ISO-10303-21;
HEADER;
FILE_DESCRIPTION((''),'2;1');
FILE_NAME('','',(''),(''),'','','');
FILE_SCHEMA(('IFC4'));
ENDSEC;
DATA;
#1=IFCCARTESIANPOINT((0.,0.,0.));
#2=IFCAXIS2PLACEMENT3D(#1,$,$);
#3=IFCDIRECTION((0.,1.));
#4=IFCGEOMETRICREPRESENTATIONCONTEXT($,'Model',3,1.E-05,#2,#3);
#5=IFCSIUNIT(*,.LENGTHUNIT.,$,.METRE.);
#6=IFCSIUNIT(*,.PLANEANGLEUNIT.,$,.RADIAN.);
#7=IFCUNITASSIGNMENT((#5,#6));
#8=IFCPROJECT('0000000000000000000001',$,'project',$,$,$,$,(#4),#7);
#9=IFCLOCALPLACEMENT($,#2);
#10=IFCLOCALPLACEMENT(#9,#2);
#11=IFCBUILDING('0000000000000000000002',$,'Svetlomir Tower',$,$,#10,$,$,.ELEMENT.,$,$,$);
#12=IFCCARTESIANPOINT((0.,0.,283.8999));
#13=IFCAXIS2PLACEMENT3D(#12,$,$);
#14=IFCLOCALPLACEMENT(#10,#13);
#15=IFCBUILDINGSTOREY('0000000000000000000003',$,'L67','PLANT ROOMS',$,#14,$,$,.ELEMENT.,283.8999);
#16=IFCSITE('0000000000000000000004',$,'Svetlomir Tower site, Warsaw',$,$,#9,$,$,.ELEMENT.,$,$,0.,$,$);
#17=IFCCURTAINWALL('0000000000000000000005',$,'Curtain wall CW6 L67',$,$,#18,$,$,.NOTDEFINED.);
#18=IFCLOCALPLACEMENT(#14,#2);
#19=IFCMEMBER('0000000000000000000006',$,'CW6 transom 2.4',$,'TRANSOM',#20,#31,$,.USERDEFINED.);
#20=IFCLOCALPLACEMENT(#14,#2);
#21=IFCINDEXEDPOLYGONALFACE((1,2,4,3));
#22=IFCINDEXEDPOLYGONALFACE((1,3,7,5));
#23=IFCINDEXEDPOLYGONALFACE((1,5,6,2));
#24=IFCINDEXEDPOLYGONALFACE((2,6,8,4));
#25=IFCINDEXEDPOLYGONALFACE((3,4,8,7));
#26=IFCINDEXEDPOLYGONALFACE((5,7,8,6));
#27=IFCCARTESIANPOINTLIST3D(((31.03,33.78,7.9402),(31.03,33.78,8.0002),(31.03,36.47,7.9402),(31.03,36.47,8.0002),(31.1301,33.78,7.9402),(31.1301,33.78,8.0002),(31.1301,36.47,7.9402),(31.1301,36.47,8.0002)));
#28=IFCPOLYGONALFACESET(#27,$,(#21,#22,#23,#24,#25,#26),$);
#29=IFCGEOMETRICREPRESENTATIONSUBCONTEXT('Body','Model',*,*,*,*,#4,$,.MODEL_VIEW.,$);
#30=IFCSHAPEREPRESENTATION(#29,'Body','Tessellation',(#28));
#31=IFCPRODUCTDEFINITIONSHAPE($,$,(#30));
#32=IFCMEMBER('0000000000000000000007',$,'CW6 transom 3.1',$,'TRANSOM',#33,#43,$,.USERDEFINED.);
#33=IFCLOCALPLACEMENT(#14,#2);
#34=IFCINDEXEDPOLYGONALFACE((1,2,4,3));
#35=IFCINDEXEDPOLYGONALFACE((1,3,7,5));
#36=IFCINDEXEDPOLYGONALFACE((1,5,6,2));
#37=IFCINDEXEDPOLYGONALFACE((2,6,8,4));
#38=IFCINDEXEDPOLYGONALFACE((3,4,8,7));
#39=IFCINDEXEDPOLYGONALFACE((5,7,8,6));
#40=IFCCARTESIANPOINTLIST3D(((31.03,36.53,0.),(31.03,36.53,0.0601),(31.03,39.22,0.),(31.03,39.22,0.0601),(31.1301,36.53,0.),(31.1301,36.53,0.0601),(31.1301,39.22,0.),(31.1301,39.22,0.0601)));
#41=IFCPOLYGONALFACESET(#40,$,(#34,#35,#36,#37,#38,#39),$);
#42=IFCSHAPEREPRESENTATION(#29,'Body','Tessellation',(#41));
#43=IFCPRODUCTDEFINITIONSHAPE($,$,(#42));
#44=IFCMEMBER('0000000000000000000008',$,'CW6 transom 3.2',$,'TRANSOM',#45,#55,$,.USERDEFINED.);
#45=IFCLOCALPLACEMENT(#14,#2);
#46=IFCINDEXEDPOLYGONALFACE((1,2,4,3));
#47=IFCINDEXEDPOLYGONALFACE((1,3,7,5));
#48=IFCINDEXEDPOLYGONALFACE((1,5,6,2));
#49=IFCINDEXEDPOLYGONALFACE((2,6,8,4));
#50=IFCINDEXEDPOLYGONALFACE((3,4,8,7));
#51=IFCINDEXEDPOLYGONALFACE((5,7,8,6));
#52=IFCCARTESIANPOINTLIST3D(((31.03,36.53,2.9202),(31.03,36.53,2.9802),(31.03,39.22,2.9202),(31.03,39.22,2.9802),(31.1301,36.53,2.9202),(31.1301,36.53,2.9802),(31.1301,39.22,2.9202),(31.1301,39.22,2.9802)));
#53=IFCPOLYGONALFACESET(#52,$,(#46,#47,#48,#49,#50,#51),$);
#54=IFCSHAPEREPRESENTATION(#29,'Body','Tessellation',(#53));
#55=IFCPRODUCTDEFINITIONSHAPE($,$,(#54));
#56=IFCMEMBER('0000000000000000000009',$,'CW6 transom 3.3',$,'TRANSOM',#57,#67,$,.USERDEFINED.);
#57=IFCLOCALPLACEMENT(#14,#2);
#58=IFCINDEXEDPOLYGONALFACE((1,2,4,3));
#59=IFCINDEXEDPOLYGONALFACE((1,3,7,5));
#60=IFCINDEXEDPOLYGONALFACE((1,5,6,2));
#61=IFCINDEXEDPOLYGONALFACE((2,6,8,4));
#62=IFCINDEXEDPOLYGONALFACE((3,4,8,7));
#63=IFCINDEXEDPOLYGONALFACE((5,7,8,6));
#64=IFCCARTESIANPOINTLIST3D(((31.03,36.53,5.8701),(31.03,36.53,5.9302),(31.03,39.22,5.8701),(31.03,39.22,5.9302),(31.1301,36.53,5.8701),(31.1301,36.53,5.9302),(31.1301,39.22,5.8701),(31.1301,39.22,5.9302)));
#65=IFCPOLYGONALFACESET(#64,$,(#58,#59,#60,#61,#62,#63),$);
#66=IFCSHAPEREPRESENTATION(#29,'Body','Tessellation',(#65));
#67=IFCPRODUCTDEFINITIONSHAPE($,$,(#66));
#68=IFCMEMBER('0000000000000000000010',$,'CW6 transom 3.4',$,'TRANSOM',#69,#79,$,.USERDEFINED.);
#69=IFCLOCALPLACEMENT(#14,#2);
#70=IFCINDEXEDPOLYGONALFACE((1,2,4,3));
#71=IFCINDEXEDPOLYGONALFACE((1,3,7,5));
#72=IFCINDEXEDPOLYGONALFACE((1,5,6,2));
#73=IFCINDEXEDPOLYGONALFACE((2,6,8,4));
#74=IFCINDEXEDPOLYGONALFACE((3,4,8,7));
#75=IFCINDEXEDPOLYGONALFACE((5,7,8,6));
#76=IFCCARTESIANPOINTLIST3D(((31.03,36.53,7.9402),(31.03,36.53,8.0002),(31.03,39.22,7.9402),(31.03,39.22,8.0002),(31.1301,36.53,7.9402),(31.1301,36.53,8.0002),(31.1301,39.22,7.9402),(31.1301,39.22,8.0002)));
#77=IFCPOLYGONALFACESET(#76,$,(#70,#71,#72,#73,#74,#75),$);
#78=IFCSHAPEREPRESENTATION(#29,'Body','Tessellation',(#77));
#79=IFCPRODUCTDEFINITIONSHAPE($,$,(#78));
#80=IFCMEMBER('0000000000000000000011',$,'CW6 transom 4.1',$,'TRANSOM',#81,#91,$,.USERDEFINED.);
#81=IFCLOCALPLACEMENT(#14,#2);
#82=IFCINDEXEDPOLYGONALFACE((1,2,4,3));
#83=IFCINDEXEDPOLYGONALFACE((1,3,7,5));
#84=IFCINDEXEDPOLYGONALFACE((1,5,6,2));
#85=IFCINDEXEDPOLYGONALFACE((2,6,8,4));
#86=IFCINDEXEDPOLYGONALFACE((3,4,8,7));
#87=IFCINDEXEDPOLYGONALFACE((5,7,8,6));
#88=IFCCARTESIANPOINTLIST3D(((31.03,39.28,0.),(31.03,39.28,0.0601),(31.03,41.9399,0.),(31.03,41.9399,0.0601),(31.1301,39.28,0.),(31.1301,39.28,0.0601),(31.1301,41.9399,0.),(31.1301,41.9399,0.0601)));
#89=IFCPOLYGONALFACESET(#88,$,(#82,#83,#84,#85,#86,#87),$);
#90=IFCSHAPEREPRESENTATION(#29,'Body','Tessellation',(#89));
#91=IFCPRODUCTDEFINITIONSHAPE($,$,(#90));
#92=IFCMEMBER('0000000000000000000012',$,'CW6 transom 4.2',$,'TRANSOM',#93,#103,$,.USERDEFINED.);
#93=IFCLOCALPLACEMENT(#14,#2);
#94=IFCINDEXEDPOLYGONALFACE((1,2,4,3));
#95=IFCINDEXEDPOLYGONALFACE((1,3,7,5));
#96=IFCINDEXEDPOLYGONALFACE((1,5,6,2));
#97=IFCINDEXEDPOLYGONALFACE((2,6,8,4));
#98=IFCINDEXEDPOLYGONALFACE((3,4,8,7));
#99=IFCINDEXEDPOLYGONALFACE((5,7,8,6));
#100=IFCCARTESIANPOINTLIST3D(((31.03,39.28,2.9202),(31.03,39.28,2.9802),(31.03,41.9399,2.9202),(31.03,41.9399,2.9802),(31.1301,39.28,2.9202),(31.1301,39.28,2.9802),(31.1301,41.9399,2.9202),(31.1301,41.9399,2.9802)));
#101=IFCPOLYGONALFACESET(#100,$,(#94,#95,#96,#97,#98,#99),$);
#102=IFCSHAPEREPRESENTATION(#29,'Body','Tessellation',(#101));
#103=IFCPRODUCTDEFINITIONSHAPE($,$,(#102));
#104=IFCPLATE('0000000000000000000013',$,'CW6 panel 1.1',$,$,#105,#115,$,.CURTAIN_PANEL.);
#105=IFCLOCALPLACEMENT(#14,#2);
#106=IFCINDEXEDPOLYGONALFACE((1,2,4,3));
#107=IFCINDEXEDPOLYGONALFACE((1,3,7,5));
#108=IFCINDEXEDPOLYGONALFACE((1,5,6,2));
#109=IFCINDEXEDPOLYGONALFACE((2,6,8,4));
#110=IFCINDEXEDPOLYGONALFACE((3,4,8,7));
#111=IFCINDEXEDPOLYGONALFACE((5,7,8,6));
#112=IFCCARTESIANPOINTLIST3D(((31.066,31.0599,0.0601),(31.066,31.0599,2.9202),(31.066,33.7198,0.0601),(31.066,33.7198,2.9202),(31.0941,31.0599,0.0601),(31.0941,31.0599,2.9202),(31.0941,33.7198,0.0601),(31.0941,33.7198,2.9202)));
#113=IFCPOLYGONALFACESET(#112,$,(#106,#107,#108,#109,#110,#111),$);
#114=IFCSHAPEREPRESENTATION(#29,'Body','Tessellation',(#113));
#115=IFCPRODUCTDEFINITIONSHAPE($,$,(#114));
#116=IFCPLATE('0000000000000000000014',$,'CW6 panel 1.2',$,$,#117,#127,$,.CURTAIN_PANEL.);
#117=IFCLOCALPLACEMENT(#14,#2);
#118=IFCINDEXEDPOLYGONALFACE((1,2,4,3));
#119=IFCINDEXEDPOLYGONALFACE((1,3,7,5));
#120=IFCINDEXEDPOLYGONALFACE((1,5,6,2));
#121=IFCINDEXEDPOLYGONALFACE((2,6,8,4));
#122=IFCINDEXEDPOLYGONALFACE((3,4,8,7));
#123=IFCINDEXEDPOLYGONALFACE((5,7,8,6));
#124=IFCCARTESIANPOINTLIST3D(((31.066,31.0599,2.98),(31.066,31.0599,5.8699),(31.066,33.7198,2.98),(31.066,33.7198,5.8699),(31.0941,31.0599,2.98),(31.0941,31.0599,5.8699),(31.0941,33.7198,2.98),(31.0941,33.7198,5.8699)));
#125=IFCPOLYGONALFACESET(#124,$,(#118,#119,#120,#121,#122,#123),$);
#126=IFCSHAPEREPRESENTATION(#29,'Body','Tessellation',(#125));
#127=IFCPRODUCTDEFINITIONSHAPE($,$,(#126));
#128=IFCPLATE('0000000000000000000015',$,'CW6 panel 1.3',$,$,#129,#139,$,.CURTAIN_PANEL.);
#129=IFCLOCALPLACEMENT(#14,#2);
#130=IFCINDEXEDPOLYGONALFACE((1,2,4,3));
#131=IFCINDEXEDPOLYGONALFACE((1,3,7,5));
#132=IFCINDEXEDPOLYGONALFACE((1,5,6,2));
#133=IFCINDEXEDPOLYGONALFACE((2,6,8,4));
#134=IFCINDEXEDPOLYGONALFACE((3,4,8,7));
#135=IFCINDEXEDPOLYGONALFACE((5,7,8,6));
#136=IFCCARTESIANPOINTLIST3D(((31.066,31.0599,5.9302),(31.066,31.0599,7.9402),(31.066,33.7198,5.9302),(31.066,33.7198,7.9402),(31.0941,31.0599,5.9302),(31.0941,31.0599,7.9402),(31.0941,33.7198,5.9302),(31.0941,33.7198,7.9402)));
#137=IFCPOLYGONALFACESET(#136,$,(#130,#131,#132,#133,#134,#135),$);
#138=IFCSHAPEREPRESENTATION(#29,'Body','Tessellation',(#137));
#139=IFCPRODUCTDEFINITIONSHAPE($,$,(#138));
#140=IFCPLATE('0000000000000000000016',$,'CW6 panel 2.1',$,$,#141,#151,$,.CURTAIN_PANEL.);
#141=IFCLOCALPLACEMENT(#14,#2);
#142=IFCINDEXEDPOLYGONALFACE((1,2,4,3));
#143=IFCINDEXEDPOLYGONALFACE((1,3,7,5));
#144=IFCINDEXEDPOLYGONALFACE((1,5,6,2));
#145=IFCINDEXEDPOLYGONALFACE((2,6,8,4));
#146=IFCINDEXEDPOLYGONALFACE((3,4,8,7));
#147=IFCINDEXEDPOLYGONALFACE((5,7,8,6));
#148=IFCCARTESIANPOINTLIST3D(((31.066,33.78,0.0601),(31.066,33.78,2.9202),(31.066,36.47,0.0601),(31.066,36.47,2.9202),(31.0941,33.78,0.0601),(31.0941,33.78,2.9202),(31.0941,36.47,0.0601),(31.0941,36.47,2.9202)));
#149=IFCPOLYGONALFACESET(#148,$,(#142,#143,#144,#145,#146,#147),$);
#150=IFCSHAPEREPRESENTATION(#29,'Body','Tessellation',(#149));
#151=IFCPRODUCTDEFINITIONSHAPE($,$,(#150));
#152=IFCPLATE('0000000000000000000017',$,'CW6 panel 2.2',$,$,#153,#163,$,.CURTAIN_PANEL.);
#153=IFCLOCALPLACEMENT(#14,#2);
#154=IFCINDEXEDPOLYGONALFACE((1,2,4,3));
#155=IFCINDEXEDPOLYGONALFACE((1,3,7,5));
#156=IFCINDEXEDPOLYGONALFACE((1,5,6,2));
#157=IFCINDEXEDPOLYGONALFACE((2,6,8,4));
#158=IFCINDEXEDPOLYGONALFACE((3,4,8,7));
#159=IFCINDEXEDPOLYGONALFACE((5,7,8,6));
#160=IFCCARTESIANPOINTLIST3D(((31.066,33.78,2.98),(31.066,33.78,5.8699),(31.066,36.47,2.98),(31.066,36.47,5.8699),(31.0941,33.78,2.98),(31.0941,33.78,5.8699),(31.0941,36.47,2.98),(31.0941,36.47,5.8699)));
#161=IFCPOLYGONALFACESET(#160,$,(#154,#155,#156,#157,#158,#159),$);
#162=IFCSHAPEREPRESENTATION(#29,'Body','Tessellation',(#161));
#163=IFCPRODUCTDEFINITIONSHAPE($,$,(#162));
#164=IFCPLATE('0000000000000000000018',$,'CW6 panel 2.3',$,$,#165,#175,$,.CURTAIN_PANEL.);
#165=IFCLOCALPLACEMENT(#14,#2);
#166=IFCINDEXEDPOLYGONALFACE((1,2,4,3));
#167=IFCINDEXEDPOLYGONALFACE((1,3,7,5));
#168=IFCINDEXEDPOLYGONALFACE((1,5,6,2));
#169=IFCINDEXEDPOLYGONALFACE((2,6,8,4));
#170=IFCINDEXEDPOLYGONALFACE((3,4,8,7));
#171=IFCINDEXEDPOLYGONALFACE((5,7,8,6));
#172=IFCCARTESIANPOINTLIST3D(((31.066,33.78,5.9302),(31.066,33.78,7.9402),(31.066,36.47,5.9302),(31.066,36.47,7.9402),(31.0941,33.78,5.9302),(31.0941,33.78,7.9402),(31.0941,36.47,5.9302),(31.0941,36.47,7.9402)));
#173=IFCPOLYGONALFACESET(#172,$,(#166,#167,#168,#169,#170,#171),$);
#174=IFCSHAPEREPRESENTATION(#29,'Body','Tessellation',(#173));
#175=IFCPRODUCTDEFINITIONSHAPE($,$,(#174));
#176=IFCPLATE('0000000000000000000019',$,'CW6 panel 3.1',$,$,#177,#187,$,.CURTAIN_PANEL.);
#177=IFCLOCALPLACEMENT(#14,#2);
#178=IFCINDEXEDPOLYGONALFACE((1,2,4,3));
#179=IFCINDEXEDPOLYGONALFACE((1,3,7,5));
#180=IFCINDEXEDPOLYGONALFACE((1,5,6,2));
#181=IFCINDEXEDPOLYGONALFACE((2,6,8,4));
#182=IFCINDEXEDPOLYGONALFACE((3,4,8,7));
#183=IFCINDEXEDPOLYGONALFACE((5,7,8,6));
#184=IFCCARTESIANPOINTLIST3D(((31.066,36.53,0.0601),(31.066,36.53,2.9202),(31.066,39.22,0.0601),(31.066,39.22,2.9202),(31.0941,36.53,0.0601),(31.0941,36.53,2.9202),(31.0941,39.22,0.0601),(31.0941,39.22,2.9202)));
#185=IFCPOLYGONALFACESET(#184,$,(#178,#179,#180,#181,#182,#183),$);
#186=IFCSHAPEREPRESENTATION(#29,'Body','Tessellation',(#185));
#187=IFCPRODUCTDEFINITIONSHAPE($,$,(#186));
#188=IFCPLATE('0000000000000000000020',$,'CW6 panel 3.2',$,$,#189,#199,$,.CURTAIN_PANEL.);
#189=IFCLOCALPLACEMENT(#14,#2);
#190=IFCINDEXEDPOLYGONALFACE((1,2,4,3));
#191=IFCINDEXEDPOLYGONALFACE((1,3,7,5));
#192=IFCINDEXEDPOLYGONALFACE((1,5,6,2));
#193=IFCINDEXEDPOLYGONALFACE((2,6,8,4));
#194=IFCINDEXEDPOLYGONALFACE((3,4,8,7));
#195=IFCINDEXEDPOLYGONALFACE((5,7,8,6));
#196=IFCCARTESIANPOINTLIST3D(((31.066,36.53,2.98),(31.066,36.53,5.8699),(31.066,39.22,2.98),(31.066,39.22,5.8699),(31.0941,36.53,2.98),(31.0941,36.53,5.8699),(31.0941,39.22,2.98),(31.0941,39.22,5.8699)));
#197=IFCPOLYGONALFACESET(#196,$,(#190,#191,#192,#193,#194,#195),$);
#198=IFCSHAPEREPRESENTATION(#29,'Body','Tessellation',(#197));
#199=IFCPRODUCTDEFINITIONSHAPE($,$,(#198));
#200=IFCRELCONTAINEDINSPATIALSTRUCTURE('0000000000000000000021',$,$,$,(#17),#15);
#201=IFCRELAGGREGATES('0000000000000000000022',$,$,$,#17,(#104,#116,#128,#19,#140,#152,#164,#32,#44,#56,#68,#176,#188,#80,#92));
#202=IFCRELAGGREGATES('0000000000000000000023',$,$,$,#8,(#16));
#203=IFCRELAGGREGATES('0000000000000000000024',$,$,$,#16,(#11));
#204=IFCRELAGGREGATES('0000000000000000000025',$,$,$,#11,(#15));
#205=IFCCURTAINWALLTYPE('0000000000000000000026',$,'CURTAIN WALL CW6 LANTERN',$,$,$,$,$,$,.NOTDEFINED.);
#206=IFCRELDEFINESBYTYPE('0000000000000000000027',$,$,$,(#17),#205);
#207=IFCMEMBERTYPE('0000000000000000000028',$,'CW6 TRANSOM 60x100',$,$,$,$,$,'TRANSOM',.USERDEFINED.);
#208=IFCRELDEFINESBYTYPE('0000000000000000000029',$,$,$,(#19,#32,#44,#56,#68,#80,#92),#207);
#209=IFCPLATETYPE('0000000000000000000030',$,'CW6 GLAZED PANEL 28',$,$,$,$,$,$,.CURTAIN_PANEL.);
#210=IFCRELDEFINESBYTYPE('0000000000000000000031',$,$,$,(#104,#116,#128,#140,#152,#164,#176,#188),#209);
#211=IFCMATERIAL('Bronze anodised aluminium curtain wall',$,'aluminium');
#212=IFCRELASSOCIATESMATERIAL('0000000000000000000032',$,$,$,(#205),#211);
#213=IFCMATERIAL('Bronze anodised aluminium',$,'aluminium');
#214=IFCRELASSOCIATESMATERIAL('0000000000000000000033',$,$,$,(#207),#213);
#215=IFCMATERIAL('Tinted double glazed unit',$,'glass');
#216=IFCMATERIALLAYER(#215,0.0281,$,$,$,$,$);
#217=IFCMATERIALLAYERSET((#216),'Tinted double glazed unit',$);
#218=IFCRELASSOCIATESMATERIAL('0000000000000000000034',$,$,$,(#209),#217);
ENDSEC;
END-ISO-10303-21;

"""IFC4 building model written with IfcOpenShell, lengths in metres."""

from ifc_helpers import new_model, si_unit, direction, frame, origin, origin_2d, place, context, subcontext, project, spatial, rectangle, extrude, material, layer, layer_set, material_profile, profile_set, type_object, element, aggregate, save


model = new_model("IFC4")

# Units and contexts
model_context = context("Model", 3, precision=1e-05, world=origin(), true_north=direction((0.0, 1.0)))
body_context = subcontext(model_context, "Body", "Model", "MODEL_VIEW")
ifc_project = project(units=[si_unit("LENGTHUNIT", "METRE"), si_unit("PLANEANGLEUNIT", "RADIAN")], contexts=[model_context])

# Site, building, storey
site_placement = place(None, origin())
site = spatial("IfcSite", under=ifc_project, at=site_placement, Name="Svetlomir Tower site, Warsaw", CompositionType="ELEMENT", RefElevation=0.0)
building_placement = place(site_placement, origin())
building = spatial("IfcBuilding", under=site, at=building_placement, Name="Svetlomir Tower", CompositionType="ELEMENT")
storey_placement = place(building_placement, frame((0.0, 0.0, 283.8999)))
storey = spatial("IfcBuildingStorey", under=building, at=storey_placement, Name="L67", Description="PLANT ROOMS", CompositionType="ELEMENT", Elevation=283.8999)

# Shared definitions
ifc_material_1 = material(Name="Bronze anodised aluminium curtain wall", Category="aluminium")
curtain_wall_type = type_object("IfcCurtainWallType", Name="CURTAIN WALL CW6 LANTERN", PredefinedType="NOTDEFINED", material=ifc_material_1)

# Curtain wall, members, plates
curtain_wall_1_placement = place(storey_placement, origin())
curtain_wall_1 = element("IfcCurtainWall", 1, at=curtain_wall_1_placement, inside=storey, type_object=curtain_wall_type, Name="Curtain wall CW6 L67", PredefinedType="NOTDEFINED")
ifc_material_2 = material(Name="Bronze anodised aluminium", Category="aluminium")
ifc_material_profile_1 = material_profile(ifc_material_2, rectangle(XDim=0.1001, YDim=0.0601, at=origin_2d()), Name="AL 100x60")
ifc_profile_set_1 = profile_set([ifc_material_profile_1], Name="Bronze anodised aluminium 6063-T6")
member_type_1 = type_object("IfcMemberType", Name="CW6 TRANSOM 60x100", ElementType="TRANSOM", PredefinedType="USERDEFINED", material=ifc_profile_set_1)
member_1_placement = place(storey_placement, frame((31.0801, 33.78, 7.9702), z_axis=(0.0, 1.0, 0.0), x_axis=(-1.0, 0.0, 0.0)))
member_1 = element("IfcMember", 2, at=member_1_placement, type_object=member_type_1, Name="CW6 transom 2.4", ObjectType="TRANSOM", PredefinedType="USERDEFINED", context=body_context, shape_type="SweptSolid", body=[
    extrude(rectangle(XDim=0.1001, YDim=0.0601, at=origin_2d()), origin(), (0.0, 0.0, 1.0), 2.6899),
])
member_2_placement = place(storey_placement, frame((31.0801, 36.53, 0.03), z_axis=(0.0, 1.0, 0.0), x_axis=(-1.0, 0.0, 0.0)))
member_2 = element("IfcMember", 3, at=member_2_placement, type_object=member_type_1, Name="CW6 transom 3.1", ObjectType="TRANSOM", PredefinedType="USERDEFINED", context=body_context, shape_type="SweptSolid", body=[
    extrude(rectangle(XDim=0.1001, YDim=0.0601, at=origin_2d()), origin(), (0.0, 0.0, 1.0), 2.6899),
])
member_3_placement = place(storey_placement, frame((31.0801, 36.53, 2.9502), z_axis=(0.0, 1.0, 0.0), x_axis=(-1.0, 0.0, 0.0)))
member_3 = element("IfcMember", 4, at=member_3_placement, type_object=member_type_1, Name="CW6 transom 3.2", ObjectType="TRANSOM", PredefinedType="USERDEFINED", context=body_context, shape_type="SweptSolid", body=[
    extrude(rectangle(XDim=0.1001, YDim=0.0601, at=origin_2d()), origin(), (0.0, 0.0, 1.0), 2.6899),
])
member_4_placement = place(storey_placement, frame((31.0801, 36.53, 5.9001), z_axis=(0.0, 1.0, 0.0), x_axis=(-1.0, 0.0, 0.0)))
member_4 = element("IfcMember", 5, at=member_4_placement, type_object=member_type_1, Name="CW6 transom 3.3", ObjectType="TRANSOM", PredefinedType="USERDEFINED", context=body_context, shape_type="SweptSolid", body=[
    extrude(rectangle(XDim=0.1001, YDim=0.0601, at=origin_2d()), origin(), (0.0, 0.0, 1.0), 2.6899),
])
member_5_placement = place(storey_placement, frame((31.0801, 36.53, 7.9702), z_axis=(0.0, 1.0, 0.0), x_axis=(-1.0, 0.0, 0.0)))
member_5 = element("IfcMember", 6, at=member_5_placement, type_object=member_type_1, Name="CW6 transom 3.4", ObjectType="TRANSOM", PredefinedType="USERDEFINED", context=body_context, shape_type="SweptSolid", body=[
    extrude(rectangle(XDim=0.1001, YDim=0.0601, at=origin_2d()), origin(), (0.0, 0.0, 1.0), 2.6899),
])
member_6_placement = place(storey_placement, frame((31.0801, 39.28, 0.03), z_axis=(0.0, 1.0, 0.0), x_axis=(-1.0, 0.0, 0.0)))
member_6 = element("IfcMember", 7, at=member_6_placement, type_object=member_type_1, Name="CW6 transom 4.1", ObjectType="TRANSOM", PredefinedType="USERDEFINED", context=body_context, shape_type="SweptSolid", body=[
    extrude(rectangle(XDim=0.1001, YDim=0.0601, at=origin_2d()), origin(), (0.0, 0.0, 1.0), 2.6599),
])
member_7_placement = place(storey_placement, frame((31.0801, 39.28, 2.9502), z_axis=(0.0, 1.0, 0.0), x_axis=(-1.0, 0.0, 0.0)))
member_7 = element("IfcMember", 8, at=member_7_placement, type_object=member_type_1, Name="CW6 transom 4.2", ObjectType="TRANSOM", PredefinedType="USERDEFINED", context=body_context, shape_type="SweptSolid", body=[
    extrude(rectangle(XDim=0.1001, YDim=0.0601, at=origin_2d()), origin(), (0.0, 0.0, 1.0), 2.6599),
])
ifc_material_3 = material(Name="Tinted double glazed unit", Category="glass")
ifc_layer_1 = layer(ifc_material_3, 0.0281)
ifc_layer_set_1 = layer_set([ifc_layer_1], Name="Tinted double glazed unit")
plate_type = type_object("IfcPlateType", Name="CW6 GLAZED PANEL 28", PredefinedType="CURTAIN_PANEL", material=ifc_layer_set_1)
plate_1_placement = place(storey_placement, frame((31.0801, 32.3899, 0.0601), z_axis=(0.0, 0.0, 1.0), x_axis=(0.0, 1.0, 0.0)))
plate_1 = element("IfcPlate", 9, at=plate_1_placement, type_object=plate_type, Name="CW6 panel 1.1", PredefinedType="CURTAIN_PANEL", context=body_context, shape_type="SweptSolid", body=[
    extrude(rectangle(XDim=2.6599, YDim=0.0281, at=origin_2d()), origin(), (0.0, 0.0, 1.0), 2.8601),
])
plate_2_placement = place(storey_placement, frame((31.0801, 32.3899, 2.98), z_axis=(0.0, 0.0, 1.0), x_axis=(0.0, 1.0, 0.0)))
plate_2 = element("IfcPlate", 10, at=plate_2_placement, type_object=plate_type, Name="CW6 panel 1.2", PredefinedType="CURTAIN_PANEL", context=body_context, shape_type="SweptSolid", body=[
    extrude(rectangle(XDim=2.6599, YDim=0.0281, at=origin_2d()), origin(), (0.0, 0.0, 1.0), 2.8899),
])
plate_3_placement = place(storey_placement, frame((31.0801, 32.3899, 5.9302), z_axis=(0.0, 0.0, 1.0), x_axis=(0.0, 1.0, 0.0)))
plate_3 = element("IfcPlate", 11, at=plate_3_placement, type_object=plate_type, Name="CW6 panel 1.3", PredefinedType="CURTAIN_PANEL", context=body_context, shape_type="SweptSolid", body=[
    extrude(rectangle(XDim=2.6599, YDim=0.0281, at=origin_2d()), origin(), (0.0, 0.0, 1.0), 2.01),
])
plate_4_placement = place(storey_placement, frame((31.0801, 35.125, 0.0601), z_axis=(0.0, 0.0, 1.0), x_axis=(0.0, 1.0, 0.0)))
plate_4 = element("IfcPlate", 12, at=plate_4_placement, type_object=plate_type, Name="CW6 panel 2.1", PredefinedType="CURTAIN_PANEL", context=body_context, shape_type="SweptSolid", body=[
    extrude(rectangle(XDim=2.6899, YDim=0.0281, at=origin_2d()), origin(), (0.0, 0.0, 1.0), 2.8601),
])
plate_5_placement = place(storey_placement, frame((31.0801, 35.125, 2.98), z_axis=(0.0, 0.0, 1.0), x_axis=(0.0, 1.0, 0.0)))
plate_5 = element("IfcPlate", 13, at=plate_5_placement, type_object=plate_type, Name="CW6 panel 2.2", PredefinedType="CURTAIN_PANEL", context=body_context, shape_type="SweptSolid", body=[
    extrude(rectangle(XDim=2.6899, YDim=0.0281, at=origin_2d()), origin(), (0.0, 0.0, 1.0), 2.8899),
])
plate_6_placement = place(storey_placement, frame((31.0801, 35.125, 5.9302), z_axis=(0.0, 0.0, 1.0), x_axis=(0.0, 1.0, 0.0)))
plate_6 = element("IfcPlate", 14, at=plate_6_placement, type_object=plate_type, Name="CW6 panel 2.3", PredefinedType="CURTAIN_PANEL", context=body_context, shape_type="SweptSolid", body=[
    extrude(rectangle(XDim=2.6899, YDim=0.0281, at=origin_2d()), origin(), (0.0, 0.0, 1.0), 2.01),
])
plate_7_placement = place(storey_placement, frame((31.0801, 37.875, 0.0601), z_axis=(0.0, 0.0, 1.0), x_axis=(0.0, 1.0, 0.0)))
plate_7 = element("IfcPlate", 15, at=plate_7_placement, type_object=plate_type, Name="CW6 panel 3.1", PredefinedType="CURTAIN_PANEL", context=body_context, shape_type="SweptSolid", body=[
    extrude(rectangle(XDim=2.6899, YDim=0.0281, at=origin_2d()), origin(), (0.0, 0.0, 1.0), 2.8601),
])
plate_8_placement = place(storey_placement, frame((31.0801, 37.875, 2.98), z_axis=(0.0, 0.0, 1.0), x_axis=(0.0, 1.0, 0.0)))
plate_8 = element("IfcPlate", 16, at=plate_8_placement, type_object=plate_type, Name="CW6 panel 3.2", PredefinedType="CURTAIN_PANEL", context=body_context, shape_type="SweptSolid", body=[
    extrude(rectangle(XDim=2.6899, YDim=0.0281, at=origin_2d()), origin(), (0.0, 0.0, 1.0), 2.8899),
])
aggregate(curtain_wall_1, [plate_1, plate_2, plate_3, member_1, plate_4, plate_5, plate_6, member_2, member_3, member_4, member_5, plate_7, plate_8, member_6, member_7])

save(model, "model.ifc")
